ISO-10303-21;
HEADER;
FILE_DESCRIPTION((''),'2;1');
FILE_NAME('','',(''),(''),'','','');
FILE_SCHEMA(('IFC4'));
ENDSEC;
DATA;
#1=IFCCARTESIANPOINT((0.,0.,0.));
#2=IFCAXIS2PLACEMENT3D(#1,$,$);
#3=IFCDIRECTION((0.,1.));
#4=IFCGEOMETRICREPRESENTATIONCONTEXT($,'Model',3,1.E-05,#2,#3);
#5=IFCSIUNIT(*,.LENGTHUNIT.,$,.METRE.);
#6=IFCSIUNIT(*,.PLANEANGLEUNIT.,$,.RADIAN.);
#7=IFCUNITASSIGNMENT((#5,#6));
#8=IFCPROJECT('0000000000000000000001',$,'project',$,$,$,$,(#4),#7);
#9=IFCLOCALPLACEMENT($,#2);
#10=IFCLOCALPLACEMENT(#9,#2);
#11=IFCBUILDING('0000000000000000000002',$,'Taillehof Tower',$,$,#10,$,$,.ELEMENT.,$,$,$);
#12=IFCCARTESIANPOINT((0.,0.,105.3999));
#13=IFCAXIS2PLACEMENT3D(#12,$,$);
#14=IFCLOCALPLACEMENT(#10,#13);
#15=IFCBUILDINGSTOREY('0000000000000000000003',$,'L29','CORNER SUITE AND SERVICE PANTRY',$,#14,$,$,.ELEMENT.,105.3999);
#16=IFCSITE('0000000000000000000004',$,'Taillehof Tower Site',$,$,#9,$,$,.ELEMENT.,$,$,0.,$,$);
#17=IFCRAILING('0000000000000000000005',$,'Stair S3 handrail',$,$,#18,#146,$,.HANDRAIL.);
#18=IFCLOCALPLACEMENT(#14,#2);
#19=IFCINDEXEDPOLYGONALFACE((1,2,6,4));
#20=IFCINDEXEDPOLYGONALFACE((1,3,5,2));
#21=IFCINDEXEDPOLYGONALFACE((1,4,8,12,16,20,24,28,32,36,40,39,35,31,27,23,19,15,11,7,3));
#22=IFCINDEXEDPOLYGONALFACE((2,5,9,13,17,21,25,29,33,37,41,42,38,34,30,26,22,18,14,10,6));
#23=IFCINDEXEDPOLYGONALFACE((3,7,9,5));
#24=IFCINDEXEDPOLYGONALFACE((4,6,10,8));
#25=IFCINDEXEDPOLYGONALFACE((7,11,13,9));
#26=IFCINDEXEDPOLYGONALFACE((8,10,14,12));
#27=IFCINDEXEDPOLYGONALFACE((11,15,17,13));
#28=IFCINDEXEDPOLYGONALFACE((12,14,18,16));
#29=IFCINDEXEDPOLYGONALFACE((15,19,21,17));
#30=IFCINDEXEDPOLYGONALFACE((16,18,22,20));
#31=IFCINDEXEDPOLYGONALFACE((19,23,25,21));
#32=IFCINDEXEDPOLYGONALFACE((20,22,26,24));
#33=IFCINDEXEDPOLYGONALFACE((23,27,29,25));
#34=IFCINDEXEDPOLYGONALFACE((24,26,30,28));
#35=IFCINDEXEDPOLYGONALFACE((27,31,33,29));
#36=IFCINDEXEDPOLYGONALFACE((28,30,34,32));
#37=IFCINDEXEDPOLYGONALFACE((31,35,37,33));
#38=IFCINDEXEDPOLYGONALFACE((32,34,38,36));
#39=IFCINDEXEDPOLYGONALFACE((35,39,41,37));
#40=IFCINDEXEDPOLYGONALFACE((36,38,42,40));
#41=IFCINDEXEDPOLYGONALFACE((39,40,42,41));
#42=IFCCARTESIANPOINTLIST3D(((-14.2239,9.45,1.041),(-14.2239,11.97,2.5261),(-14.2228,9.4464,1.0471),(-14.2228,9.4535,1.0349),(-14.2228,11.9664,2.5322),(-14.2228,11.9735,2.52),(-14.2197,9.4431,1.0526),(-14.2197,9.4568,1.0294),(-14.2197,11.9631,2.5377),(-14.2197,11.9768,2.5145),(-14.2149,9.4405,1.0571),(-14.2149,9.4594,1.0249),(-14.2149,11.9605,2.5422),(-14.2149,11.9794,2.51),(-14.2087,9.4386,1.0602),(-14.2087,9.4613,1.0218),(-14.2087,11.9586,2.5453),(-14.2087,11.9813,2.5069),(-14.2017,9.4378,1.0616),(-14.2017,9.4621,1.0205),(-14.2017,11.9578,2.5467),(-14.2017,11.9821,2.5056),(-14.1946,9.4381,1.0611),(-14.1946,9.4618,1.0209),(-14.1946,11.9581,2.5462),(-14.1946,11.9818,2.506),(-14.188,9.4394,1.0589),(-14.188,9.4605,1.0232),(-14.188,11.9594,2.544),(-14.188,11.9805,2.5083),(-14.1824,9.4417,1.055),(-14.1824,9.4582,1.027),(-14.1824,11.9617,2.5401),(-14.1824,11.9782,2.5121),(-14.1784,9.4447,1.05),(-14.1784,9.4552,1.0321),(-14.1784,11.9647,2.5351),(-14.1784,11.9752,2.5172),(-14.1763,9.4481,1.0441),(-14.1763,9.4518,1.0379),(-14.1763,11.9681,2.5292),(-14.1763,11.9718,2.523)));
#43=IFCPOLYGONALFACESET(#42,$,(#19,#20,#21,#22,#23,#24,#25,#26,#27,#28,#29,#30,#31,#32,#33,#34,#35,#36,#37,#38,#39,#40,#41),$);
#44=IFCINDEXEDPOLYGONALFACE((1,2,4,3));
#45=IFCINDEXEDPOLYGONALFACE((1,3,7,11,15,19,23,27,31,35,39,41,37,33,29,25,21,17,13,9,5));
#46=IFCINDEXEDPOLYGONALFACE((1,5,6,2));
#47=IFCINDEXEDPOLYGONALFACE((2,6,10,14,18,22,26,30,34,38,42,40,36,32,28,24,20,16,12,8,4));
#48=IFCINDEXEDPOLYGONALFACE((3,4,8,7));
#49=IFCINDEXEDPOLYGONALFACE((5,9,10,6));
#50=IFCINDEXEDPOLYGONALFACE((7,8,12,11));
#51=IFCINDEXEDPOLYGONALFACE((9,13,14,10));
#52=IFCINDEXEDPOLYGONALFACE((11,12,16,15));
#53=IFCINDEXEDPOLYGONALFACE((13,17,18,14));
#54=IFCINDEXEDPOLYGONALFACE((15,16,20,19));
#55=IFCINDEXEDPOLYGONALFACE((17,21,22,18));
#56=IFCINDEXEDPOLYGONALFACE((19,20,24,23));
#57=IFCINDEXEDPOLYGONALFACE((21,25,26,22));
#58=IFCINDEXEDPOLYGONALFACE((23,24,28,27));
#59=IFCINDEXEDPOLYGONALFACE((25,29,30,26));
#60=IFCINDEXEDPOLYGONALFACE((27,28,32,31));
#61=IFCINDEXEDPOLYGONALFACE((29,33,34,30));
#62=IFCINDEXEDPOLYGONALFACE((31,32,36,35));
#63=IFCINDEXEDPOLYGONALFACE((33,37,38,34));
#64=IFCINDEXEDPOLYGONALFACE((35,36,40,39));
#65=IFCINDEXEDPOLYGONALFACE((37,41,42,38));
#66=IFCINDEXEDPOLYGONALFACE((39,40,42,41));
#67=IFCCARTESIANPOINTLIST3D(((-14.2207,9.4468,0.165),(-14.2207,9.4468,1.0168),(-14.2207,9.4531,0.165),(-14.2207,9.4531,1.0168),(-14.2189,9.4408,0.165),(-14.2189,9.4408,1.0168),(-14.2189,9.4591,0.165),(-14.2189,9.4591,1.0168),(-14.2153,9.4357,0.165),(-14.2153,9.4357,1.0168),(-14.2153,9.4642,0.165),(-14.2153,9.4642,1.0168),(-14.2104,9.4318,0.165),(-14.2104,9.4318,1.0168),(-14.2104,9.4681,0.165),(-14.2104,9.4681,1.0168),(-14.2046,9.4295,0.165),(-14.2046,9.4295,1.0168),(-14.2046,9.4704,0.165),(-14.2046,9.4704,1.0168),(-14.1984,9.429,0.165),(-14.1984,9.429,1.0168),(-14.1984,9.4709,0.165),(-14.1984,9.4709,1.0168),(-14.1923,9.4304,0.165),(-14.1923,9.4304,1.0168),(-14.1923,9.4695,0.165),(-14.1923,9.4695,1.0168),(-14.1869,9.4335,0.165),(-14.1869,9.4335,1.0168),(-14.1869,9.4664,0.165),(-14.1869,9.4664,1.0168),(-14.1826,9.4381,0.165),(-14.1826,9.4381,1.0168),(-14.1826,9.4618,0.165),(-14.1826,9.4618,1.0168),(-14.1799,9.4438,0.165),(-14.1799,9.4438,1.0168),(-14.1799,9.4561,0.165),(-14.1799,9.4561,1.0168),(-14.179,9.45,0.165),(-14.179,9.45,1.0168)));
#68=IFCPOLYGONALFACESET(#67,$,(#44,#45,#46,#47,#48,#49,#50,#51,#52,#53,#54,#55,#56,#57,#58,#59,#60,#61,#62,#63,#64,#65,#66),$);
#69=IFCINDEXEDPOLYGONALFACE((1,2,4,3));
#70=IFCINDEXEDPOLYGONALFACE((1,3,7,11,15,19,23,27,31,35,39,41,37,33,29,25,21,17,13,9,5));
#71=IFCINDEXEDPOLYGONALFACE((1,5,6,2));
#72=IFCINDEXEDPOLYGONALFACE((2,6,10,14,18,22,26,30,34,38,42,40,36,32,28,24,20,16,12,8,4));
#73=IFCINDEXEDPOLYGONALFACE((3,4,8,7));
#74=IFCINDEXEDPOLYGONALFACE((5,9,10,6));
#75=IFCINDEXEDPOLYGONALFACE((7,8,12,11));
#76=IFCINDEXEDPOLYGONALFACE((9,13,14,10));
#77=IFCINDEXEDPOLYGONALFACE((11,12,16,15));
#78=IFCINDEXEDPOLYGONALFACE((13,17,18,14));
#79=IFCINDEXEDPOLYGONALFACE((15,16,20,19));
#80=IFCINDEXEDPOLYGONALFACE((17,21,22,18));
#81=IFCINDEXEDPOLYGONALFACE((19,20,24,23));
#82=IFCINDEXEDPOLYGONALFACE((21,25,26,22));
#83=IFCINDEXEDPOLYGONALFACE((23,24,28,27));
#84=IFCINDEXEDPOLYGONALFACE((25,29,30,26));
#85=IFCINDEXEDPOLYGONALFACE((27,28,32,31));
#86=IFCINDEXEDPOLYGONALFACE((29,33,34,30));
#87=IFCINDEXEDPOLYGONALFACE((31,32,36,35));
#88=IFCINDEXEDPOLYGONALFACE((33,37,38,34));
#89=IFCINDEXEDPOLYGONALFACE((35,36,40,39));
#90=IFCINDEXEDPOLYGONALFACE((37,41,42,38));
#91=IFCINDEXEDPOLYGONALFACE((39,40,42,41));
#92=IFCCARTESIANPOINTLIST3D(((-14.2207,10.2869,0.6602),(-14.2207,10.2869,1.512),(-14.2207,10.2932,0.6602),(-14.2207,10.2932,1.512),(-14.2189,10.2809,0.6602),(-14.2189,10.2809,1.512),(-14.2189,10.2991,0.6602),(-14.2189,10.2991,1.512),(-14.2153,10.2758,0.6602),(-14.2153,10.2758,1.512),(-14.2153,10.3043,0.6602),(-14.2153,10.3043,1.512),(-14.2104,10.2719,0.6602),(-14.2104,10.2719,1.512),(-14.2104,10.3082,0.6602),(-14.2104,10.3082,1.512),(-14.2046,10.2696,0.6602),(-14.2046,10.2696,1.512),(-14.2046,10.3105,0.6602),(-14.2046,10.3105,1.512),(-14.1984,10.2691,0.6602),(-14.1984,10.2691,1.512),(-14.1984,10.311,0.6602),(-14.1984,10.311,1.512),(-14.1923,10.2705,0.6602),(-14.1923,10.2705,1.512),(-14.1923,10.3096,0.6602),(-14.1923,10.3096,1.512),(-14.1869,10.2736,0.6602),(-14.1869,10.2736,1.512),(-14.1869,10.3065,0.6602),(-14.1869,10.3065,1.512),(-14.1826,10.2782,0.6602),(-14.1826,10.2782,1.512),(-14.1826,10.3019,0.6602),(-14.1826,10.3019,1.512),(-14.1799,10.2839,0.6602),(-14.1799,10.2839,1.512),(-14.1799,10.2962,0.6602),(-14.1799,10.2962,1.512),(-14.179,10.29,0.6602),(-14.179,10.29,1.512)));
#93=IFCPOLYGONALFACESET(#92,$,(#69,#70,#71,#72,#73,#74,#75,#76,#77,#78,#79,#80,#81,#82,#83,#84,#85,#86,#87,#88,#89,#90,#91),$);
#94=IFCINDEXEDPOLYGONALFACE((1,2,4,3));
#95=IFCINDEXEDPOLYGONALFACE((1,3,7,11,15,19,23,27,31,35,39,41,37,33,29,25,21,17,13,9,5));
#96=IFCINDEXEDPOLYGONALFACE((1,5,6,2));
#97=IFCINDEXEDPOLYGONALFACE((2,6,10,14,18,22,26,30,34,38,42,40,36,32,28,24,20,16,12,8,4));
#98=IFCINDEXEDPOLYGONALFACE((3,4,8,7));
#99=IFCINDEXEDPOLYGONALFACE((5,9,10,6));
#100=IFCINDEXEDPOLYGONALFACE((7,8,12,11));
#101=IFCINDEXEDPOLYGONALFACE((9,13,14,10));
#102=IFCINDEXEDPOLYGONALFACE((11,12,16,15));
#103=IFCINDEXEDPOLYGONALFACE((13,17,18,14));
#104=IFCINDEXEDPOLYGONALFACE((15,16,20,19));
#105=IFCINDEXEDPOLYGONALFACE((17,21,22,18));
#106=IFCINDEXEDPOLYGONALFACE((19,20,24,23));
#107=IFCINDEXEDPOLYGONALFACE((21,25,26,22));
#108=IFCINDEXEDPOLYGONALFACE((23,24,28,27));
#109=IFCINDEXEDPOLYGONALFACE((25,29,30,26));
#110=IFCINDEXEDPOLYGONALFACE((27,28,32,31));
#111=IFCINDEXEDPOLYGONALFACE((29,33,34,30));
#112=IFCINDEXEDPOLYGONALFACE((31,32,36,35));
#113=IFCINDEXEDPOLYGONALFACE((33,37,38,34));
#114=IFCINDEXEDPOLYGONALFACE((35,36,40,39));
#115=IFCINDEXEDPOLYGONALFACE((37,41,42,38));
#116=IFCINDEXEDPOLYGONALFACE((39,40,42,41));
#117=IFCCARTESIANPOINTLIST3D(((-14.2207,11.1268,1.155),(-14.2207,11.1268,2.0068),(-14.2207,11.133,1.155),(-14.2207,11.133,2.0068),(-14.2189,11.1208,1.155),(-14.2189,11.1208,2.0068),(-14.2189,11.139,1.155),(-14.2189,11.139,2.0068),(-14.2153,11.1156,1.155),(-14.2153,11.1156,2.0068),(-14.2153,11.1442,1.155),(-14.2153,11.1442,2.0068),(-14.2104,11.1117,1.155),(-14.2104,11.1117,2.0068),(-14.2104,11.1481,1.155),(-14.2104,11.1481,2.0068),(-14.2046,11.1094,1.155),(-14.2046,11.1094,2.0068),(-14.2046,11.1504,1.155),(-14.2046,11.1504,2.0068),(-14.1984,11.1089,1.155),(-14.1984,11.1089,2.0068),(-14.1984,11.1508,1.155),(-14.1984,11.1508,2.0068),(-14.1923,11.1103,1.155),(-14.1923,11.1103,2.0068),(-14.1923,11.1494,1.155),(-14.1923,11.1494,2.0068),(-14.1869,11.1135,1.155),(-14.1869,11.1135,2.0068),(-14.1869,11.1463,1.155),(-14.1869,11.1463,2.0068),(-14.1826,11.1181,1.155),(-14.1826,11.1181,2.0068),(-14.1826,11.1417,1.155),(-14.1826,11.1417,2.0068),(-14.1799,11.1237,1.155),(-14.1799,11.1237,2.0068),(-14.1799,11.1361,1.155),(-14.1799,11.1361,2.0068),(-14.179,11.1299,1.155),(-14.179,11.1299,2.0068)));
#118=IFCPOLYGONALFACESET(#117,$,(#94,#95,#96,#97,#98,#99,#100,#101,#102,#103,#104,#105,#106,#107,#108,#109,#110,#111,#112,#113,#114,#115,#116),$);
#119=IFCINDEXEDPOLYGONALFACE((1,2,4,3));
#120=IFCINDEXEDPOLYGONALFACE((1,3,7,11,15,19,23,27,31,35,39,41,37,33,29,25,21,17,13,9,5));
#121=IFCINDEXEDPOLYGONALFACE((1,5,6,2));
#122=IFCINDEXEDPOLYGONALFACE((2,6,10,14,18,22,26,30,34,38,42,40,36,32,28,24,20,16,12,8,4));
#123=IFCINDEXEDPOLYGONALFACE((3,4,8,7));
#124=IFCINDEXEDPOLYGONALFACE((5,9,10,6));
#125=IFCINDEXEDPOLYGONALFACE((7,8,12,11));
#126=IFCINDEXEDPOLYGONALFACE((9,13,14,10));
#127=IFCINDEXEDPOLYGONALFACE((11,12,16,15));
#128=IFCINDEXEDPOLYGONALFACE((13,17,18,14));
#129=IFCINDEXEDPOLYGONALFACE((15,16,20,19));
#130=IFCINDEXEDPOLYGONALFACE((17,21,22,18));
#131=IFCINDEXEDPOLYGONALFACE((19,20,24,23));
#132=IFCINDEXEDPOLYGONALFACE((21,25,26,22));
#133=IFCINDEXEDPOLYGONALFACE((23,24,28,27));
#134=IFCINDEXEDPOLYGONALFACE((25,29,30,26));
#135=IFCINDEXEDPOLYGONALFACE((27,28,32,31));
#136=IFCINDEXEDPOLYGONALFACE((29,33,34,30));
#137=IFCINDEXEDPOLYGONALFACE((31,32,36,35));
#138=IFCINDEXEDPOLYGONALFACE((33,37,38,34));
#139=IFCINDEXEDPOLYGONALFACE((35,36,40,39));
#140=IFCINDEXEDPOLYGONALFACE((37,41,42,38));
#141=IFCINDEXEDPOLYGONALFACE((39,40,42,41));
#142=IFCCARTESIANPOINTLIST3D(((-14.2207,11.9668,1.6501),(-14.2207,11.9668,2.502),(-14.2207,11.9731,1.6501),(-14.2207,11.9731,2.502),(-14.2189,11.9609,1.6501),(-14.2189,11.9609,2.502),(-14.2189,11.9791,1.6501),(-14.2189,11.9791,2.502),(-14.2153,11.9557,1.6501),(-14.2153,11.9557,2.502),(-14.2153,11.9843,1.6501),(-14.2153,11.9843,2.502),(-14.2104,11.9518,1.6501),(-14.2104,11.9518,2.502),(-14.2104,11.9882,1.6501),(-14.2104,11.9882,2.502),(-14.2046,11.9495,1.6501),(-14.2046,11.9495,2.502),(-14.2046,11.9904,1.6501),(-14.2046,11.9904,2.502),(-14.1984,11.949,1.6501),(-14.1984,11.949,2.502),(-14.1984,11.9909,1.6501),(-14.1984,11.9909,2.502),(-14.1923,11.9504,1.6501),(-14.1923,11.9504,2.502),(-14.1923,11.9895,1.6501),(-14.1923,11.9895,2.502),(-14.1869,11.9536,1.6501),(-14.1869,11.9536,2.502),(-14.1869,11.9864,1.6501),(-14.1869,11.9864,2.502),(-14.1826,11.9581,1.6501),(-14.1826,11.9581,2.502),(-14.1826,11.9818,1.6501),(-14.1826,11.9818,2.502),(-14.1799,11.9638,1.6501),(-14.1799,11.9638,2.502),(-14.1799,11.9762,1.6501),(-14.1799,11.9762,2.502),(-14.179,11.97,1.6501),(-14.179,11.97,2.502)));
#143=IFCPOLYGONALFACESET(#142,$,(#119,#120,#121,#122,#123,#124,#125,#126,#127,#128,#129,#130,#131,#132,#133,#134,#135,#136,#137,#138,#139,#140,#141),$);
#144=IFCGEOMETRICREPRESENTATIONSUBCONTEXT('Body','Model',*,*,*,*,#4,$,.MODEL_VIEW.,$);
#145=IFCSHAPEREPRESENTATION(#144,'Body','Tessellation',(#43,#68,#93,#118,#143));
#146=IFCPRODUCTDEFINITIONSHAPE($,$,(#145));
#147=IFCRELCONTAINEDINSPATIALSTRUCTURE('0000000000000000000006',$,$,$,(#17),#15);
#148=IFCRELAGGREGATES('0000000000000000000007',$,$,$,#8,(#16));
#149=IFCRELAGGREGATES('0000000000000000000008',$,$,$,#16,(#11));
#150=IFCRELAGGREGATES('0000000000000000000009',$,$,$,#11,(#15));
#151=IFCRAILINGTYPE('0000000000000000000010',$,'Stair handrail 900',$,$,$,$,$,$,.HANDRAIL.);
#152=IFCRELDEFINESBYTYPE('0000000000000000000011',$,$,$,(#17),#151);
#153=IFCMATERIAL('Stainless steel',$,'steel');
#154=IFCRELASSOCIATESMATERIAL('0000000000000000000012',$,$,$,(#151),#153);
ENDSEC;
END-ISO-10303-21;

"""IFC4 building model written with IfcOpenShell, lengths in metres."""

from ifc_helpers import new_model, si_unit, direction, frame, origin, origin_2d, place, context, subcontext, project, spatial, circle, extrude, material, type_object, element, save


model = new_model("IFC4")

# Units and contexts
model_context = context("Model", 3, precision=1e-05, world=origin(), true_north=direction((0.0, 1.0)))
body_context = subcontext(model_context, "Body", "Model", "MODEL_VIEW")
ifc_project = project(units=[si_unit("LENGTHUNIT", "METRE"), si_unit("PLANEANGLEUNIT", "RADIAN")], contexts=[model_context])

# Site, building, storey
site_placement = place(None, origin())
site = spatial("IfcSite", under=ifc_project, at=site_placement, Name="Taillehof Tower Site", CompositionType="ELEMENT", RefElevation=0.0)
building_placement = place(site_placement, origin())
building = spatial("IfcBuilding", under=site, at=building_placement, Name="Taillehof Tower", CompositionType="ELEMENT")
storey_placement = place(building_placement, frame((0.0, 0.0, 105.3999)))
storey = spatial("IfcBuildingStorey", under=building, at=storey_placement, Name="L29", Description="CORNER SUITE AND SERVICE PANTRY", CompositionType="ELEMENT", Elevation=105.3999)

# Railing
ifc_material_1 = material(Name="Stainless steel", Category="steel")
railing_type = type_object("IfcRailingType", Name="Stair handrail 900", PredefinedType="HANDRAIL", material=ifc_material_1)
railing_placement = place(storey_placement, frame((-14.2, 9.45, 0.165)))
element("IfcRailing", 1, at=railing_placement, inside=storey, type_object=railing_type, Name="Stair S3 handrail", PredefinedType="HANDRAIL", context=body_context, shape_type="SweptSolid", body=[
    extrude(circle(Radius=0.0239, at=origin_2d()), frame((0.0, 0.0, 0.876), z_axis=(0.0, 0.861524, 0.507717), x_axis=(-1.0, 0.0, 0.0)), (0.0, 0.0, 1.0), 2.925),
    extrude(circle(Radius=0.021, at=origin_2d()), origin(), (0.0, 0.0, 1.0), 0.8518),
    extrude(circle(Radius=0.021, at=origin_2d()), frame((0.0, 0.8401, 0.4951)), (0.0, 0.0, 1.0), 0.8518),
    extrude(circle(Radius=0.021, at=origin_2d()), frame((0.0, 1.6799, 0.99)), (0.0, 0.0, 1.0), 0.8518),
    extrude(circle(Radius=0.021, at=origin_2d()), frame((0.0, 2.52, 1.4851)), (0.0, 0.0, 1.0), 0.8518),
])

save(model, "model.ifc")
